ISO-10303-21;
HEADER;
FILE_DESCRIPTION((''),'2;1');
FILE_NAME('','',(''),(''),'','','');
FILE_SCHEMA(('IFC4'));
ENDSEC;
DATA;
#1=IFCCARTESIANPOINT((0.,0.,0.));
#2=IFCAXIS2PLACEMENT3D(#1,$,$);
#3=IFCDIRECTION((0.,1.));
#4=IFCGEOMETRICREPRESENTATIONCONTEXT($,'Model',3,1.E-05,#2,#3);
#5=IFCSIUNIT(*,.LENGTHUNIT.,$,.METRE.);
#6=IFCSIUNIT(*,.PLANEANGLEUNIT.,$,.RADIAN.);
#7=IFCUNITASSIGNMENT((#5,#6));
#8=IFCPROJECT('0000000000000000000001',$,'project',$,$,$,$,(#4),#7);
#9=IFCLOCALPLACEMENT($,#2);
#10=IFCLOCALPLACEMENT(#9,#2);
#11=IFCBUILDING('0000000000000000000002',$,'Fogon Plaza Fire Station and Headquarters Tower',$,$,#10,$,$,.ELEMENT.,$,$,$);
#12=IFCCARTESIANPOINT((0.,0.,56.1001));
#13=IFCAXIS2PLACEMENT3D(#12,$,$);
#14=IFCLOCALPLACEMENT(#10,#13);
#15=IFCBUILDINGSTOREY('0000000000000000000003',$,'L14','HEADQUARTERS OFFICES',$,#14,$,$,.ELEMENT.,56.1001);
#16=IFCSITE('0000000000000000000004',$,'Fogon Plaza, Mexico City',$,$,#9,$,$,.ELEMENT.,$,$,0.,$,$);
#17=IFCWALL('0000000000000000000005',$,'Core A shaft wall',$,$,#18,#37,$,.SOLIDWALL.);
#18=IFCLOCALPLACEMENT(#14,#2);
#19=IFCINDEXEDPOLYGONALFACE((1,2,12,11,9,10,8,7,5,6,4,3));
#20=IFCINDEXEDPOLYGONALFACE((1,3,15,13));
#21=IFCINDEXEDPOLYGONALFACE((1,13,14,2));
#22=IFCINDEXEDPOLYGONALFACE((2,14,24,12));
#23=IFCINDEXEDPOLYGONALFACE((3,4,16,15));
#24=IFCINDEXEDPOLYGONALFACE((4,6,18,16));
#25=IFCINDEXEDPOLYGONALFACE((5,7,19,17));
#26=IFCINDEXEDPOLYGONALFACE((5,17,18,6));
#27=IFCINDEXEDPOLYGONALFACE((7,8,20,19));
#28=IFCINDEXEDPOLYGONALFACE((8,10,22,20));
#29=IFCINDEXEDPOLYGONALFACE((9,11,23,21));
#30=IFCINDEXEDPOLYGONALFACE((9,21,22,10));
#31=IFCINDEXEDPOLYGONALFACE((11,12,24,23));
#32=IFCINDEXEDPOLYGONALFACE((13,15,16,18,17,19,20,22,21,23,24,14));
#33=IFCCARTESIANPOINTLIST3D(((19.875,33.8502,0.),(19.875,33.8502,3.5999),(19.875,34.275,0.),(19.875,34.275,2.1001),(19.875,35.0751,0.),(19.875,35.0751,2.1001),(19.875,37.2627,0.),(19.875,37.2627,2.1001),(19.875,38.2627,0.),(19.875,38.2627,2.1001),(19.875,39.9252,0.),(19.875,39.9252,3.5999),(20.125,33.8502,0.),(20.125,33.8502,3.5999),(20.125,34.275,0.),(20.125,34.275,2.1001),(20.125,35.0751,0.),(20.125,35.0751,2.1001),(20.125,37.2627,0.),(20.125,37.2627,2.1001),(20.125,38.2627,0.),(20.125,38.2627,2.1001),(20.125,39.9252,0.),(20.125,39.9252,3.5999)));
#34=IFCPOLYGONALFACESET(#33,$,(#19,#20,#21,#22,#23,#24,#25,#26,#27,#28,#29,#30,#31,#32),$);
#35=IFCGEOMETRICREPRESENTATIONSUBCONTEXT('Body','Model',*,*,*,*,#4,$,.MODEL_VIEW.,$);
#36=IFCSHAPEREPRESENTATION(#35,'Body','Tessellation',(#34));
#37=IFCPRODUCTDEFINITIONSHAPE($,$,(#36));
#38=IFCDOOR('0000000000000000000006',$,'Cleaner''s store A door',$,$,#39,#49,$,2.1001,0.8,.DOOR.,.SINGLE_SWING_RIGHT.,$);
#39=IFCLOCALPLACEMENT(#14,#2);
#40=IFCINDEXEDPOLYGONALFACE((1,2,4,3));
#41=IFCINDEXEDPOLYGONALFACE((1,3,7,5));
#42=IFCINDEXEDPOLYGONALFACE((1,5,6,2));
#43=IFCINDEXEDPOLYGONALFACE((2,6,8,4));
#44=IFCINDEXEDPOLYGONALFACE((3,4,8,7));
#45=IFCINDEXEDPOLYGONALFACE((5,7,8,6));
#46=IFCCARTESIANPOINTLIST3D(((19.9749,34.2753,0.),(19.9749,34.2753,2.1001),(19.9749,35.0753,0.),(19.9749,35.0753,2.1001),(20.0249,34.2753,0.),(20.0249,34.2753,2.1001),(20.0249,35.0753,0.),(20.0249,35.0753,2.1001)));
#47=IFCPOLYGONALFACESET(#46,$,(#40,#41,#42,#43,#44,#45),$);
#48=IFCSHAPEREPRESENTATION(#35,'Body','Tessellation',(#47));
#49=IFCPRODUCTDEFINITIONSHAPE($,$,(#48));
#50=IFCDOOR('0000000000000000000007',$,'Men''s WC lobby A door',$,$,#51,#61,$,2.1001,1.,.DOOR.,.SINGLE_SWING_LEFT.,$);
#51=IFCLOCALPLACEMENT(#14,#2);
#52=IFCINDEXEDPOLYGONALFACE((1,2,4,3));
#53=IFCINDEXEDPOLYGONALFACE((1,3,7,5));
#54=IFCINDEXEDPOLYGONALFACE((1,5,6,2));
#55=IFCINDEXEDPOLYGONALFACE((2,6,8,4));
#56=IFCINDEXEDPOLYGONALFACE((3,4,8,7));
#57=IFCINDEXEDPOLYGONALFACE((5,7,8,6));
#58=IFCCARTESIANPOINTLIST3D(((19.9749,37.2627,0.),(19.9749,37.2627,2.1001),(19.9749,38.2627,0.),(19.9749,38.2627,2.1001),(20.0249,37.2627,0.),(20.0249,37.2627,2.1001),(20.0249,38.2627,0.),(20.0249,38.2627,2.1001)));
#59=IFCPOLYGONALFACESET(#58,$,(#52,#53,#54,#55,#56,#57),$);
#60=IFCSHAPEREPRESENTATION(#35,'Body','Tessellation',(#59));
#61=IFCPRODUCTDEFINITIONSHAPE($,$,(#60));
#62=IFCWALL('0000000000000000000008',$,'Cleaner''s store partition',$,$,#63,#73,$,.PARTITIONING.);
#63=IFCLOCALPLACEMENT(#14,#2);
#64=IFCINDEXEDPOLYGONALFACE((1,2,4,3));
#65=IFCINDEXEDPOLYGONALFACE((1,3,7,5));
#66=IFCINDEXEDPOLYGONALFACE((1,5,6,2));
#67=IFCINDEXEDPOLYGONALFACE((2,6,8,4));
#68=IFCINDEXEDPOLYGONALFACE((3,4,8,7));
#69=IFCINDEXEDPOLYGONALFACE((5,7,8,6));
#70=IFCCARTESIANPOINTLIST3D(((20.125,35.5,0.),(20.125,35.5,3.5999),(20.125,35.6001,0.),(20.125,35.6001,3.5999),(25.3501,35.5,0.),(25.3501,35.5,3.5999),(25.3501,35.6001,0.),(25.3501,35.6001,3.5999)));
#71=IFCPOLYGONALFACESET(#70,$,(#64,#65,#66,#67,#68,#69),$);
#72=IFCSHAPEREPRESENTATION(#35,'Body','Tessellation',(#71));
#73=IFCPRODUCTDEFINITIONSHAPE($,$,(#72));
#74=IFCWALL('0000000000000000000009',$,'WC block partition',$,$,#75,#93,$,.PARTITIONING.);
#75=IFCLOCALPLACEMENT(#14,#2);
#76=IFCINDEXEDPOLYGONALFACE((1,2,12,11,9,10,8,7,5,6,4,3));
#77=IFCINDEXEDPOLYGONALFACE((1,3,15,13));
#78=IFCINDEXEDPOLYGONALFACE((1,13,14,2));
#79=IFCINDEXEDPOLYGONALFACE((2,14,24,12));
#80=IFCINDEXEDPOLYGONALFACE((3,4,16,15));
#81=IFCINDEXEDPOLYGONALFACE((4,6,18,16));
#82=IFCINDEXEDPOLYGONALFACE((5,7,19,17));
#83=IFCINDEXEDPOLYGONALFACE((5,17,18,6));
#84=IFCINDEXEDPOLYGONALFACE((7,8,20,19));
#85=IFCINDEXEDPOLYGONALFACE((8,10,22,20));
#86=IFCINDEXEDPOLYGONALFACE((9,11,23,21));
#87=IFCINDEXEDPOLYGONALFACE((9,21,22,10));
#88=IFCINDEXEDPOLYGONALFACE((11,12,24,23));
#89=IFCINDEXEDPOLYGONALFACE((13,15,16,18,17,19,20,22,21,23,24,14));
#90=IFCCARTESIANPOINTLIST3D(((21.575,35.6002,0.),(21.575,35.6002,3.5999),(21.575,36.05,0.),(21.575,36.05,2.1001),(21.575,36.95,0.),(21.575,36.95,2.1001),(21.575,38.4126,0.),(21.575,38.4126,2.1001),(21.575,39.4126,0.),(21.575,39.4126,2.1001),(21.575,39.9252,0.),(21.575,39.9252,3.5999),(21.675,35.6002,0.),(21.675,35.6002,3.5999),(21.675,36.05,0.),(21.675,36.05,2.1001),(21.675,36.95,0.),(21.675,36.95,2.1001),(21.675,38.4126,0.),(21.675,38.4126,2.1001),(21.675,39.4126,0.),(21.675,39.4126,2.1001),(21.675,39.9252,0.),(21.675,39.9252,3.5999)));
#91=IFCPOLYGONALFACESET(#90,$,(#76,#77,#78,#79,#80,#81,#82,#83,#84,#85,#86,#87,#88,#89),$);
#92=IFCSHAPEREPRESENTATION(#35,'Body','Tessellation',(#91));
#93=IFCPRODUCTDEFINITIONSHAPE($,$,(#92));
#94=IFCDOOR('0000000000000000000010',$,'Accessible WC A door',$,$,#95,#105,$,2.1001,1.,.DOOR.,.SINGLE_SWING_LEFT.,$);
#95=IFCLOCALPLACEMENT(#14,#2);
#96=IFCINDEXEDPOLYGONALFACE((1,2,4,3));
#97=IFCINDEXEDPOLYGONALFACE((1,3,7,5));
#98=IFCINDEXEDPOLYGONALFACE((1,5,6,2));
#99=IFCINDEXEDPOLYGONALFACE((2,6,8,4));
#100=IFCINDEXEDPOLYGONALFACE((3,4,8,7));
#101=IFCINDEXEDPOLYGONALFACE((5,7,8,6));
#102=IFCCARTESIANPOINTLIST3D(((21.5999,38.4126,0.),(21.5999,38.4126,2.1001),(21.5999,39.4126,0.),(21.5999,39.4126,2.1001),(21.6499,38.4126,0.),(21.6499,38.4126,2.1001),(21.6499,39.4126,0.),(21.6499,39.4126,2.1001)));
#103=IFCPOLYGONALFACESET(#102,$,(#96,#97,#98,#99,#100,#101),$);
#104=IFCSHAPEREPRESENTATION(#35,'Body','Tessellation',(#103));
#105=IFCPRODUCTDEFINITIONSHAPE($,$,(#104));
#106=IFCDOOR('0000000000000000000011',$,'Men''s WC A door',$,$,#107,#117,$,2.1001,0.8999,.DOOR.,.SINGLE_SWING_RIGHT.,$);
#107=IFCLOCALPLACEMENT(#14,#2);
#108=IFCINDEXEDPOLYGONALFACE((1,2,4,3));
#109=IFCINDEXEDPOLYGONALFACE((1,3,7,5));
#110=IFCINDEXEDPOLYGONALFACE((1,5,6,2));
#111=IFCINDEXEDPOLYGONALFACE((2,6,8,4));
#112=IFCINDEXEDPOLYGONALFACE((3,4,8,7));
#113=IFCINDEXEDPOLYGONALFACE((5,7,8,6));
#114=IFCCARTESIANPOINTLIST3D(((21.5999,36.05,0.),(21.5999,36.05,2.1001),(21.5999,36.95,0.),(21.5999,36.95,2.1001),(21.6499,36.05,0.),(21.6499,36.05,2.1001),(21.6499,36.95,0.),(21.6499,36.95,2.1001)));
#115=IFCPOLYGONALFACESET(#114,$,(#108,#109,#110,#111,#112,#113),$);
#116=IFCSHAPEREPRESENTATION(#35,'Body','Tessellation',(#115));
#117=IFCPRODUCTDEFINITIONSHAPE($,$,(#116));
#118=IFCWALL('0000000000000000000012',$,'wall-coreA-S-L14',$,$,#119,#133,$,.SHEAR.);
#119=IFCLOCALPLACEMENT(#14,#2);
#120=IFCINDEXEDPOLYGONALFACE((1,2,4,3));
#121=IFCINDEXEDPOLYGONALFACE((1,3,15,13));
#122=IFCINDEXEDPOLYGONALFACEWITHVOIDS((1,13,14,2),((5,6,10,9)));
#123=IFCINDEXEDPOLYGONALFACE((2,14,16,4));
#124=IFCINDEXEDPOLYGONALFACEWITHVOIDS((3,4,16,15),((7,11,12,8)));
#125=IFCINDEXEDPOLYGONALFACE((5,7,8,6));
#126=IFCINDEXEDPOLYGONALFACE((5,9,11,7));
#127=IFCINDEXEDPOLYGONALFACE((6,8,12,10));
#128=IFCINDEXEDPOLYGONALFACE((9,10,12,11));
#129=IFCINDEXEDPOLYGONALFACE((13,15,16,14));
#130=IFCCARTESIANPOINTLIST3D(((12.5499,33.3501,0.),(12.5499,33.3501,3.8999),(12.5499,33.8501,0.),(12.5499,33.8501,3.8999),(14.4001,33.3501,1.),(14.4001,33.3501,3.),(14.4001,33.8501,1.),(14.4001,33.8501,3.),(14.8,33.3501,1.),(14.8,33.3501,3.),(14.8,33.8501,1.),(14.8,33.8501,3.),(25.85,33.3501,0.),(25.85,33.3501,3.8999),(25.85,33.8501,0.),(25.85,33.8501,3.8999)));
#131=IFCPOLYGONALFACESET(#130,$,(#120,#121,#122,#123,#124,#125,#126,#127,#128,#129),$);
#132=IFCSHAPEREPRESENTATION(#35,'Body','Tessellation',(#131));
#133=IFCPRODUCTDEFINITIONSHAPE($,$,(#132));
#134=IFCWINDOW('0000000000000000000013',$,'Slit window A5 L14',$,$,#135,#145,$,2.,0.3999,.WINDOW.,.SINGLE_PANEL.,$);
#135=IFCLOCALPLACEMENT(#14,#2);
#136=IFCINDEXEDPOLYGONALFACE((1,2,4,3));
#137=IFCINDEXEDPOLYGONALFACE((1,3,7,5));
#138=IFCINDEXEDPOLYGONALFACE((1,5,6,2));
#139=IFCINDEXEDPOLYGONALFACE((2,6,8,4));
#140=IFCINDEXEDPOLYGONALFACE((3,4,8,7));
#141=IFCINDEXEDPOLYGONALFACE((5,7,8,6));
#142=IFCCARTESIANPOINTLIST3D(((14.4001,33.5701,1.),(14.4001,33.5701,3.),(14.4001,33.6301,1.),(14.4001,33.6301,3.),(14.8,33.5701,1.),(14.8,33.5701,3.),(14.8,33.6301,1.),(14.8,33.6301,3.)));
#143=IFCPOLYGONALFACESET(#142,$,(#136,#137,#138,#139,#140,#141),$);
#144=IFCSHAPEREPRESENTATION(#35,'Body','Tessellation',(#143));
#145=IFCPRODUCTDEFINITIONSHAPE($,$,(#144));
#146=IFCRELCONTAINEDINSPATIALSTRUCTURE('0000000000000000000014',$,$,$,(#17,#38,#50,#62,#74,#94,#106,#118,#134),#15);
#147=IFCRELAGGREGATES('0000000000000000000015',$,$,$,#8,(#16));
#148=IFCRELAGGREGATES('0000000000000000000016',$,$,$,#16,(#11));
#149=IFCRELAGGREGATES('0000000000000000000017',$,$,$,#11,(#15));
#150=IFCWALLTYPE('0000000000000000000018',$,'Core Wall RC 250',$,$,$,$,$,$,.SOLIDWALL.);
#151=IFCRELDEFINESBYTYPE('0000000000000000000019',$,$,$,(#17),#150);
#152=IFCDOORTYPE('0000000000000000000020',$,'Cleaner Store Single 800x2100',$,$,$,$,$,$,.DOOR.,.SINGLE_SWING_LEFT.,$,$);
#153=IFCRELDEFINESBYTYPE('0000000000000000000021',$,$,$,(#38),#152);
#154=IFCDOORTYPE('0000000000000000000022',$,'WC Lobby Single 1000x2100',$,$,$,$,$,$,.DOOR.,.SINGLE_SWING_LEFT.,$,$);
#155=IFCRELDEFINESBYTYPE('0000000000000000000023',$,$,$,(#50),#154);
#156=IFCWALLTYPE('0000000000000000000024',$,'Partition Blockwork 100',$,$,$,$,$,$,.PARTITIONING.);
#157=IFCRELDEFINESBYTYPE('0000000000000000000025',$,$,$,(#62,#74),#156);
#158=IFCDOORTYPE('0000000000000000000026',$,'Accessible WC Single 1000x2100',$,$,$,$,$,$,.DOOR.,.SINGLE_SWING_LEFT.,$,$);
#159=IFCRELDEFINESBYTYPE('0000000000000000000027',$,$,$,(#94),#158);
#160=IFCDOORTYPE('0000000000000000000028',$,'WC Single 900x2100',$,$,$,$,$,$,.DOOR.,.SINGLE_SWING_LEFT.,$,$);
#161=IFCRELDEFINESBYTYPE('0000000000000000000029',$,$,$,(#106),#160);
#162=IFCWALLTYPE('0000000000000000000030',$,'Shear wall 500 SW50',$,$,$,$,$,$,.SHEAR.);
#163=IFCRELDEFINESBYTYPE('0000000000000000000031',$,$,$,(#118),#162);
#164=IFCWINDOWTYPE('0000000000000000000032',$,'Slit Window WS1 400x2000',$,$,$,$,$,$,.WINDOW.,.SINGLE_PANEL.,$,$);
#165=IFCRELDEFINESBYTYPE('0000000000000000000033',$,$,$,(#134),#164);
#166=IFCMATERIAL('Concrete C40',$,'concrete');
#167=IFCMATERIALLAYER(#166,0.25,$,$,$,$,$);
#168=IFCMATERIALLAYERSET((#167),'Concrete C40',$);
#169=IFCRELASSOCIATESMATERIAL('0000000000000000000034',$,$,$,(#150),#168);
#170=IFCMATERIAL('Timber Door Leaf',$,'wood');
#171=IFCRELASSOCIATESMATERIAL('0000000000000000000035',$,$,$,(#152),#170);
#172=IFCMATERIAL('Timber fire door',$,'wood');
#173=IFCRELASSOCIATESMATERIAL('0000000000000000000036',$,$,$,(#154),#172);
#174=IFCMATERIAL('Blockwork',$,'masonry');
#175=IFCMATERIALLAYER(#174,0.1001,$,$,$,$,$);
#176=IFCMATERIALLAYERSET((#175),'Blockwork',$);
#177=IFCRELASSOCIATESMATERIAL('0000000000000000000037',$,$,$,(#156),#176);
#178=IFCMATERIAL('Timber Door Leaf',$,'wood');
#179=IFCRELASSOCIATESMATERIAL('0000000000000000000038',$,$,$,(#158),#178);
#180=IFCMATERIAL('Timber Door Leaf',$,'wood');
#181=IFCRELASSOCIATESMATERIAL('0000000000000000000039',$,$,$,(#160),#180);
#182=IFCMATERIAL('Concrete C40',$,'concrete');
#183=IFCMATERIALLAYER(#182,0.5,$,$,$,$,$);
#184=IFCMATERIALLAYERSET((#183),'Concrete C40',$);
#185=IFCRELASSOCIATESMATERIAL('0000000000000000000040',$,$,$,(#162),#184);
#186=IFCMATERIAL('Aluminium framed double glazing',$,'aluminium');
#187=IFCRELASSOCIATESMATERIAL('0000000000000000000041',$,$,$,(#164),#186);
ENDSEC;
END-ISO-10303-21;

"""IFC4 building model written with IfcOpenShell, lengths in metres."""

from ifc_helpers import new_model, si_unit, direction, frame, frame_2d, origin, place, context, subcontext, project, spatial, rectangle, extrude, material, layer, layer_set, type_object, element, fill, save


model = new_model("IFC4")

# Units and contexts
model_context = context("Model", 3, precision=1e-05, world=origin(), true_north=direction((0.0, 1.0)))
body_context = subcontext(model_context, "Body", "Model", "MODEL_VIEW")
ifc_project = project(units=[si_unit("LENGTHUNIT", "METRE"), si_unit("PLANEANGLEUNIT", "RADIAN")], contexts=[model_context])

# Site, building, storey
site_placement = place(None, origin())
site = spatial("IfcSite", under=ifc_project, at=site_placement, Name="Fogon Plaza, Mexico City", CompositionType="ELEMENT", RefElevation=0.0)
building_placement = place(site_placement, origin())
building = spatial("IfcBuilding", under=site, at=building_placement, Name="Fogon Plaza Fire Station and Headquarters Tower", CompositionType="ELEMENT")
storey_placement = place(building_placement, frame((0.0, 0.0, 56.1001)))
storey = spatial("IfcBuildingStorey", under=building, at=storey_placement, Name="L14", Description="HEADQUARTERS OFFICES", CompositionType="ELEMENT", Elevation=56.1001)

# Shared definitions
ifc_material_1 = material(Name="Concrete C40", Category="concrete")
ifc_layer_1 = layer(ifc_material_1, 0.25)
ifc_layer_set_1 = layer_set([ifc_layer_1], Name="Concrete C40")
wall_type_1 = type_object("IfcWallType", Name="Core Wall RC 250", PredefinedType="SOLIDWALL", material=ifc_layer_set_1)

# Wall, openings, doors
wall_1_placement = place(storey_placement, frame((20.0, 33.8501, 0.0), z_axis=(0.0, 0.0, 1.0), x_axis=(0.0, 1.0, 0.0)))
wall_1 = element("IfcWall", 1, at=wall_1_placement, inside=storey, type_object=wall_type_1, Name="Core A shaft wall", PredefinedType="SOLIDWALL", context=body_context, shape_type="SweptSolid", body=[
    extrude(rectangle(XDim=6.075, YDim=0.25, at=frame_2d((3.0376, 0.0))), origin(), (0.0, 0.0, 1.0), 3.5999),
])
opening_1_placement = place(wall_1_placement, frame((0.425, 0.0, 0.0)))
opening_1 = element("IfcOpeningElement", 2, at=opening_1_placement, cuts=wall_1, PredefinedType="OPENING", context=body_context, shape_type="SweptSolid", body=[
    extrude(rectangle(XDim=0.8, YDim=2.1001, at=frame_2d((0.3999, 1.05))), frame((0.0, 0.135, 0.0), z_axis=(0.0, -1.0, 0.0), x_axis=(1.0, 0.0, 0.0)), (0.0, 0.0, 1.0), 0.27),
])
opening_2_placement = place(wall_1_placement, frame((3.4126, 0.0, 0.0)))
opening_2 = element("IfcOpeningElement", 3, at=opening_2_placement, cuts=wall_1, PredefinedType="OPENING", context=body_context, shape_type="SweptSolid", body=[
    extrude(rectangle(XDim=1.0, YDim=2.1001, at=frame_2d((0.5, 1.05))), frame((0.0, 0.135, 0.0), z_axis=(0.0, -1.0, 0.0), x_axis=(1.0, 0.0, 0.0)), (0.0, 0.0, 1.0), 0.27),
])
ifc_material_2 = material(Name="Timber Door Leaf", Category="wood")
door_type_1 = type_object("IfcDoorType", Name="Cleaner Store Single 800x2100", OperationType="SINGLE_SWING_LEFT", PredefinedType="DOOR", material=ifc_material_2)
door_1_placement = place(opening_1_placement, frame((0.8, 0.0, 0.0), z_axis=(0.0, 0.0, 1.0), x_axis=(-1.0, 0.0, 0.0)))
door_1 = element("IfcDoor", 4, at=door_1_placement, inside=storey, type_object=door_type_1, Name="Cleaner's store A door", OperationType="SINGLE_SWING_RIGHT", OverallHeight=2.1001, OverallWidth=0.8, PredefinedType="DOOR", context=body_context, shape_type="SweptSolid", body=[
    extrude(rectangle(XDim=0.8, YDim=2.1001, at=frame_2d((0.3999, 1.05))), frame((0.0, 0.0249, 0.0), z_axis=(0.0, -1.0, 0.0), x_axis=(1.0, 0.0, 0.0)), (0.0, 0.0, 1.0), 0.05),
])
fill(opening_1, door_1)
ifc_material_3 = material(Name="Timber fire door", Category="wood")
door_type_2 = type_object("IfcDoorType", Name="WC Lobby Single 1000x2100", OperationType="SINGLE_SWING_LEFT", PredefinedType="DOOR", material=ifc_material_3)
door_2_placement = place(opening_2_placement, frame((1.0, 0.0, 0.0), z_axis=(0.0, 0.0, 1.0), x_axis=(-1.0, 0.0, 0.0)))
door_2 = element("IfcDoor", 5, at=door_2_placement, inside=storey, type_object=door_type_2, Name="Men's WC lobby A door", OperationType="SINGLE_SWING_LEFT", OverallHeight=2.1001, OverallWidth=1.0, PredefinedType="DOOR", context=body_context, shape_type="SweptSolid", body=[
    extrude(rectangle(XDim=1.0, YDim=2.1001, at=frame_2d((0.5, 1.05))), frame((0.0, 0.0249, 0.0), z_axis=(0.0, -1.0, 0.0), x_axis=(1.0, 0.0, 0.0)), (0.0, 0.0, 1.0), 0.05),
])
fill(opening_2, door_2)

# Wall
ifc_material_4 = material(Name="Blockwork", Category="masonry")
ifc_layer_2 = layer(ifc_material_4, 0.1001)
ifc_layer_set_2 = layer_set([ifc_layer_2], Name="Blockwork")
wall_type_2 = type_object("IfcWallType", Name="Partition Blockwork 100", PredefinedType="PARTITIONING", material=ifc_layer_set_2)
wall_2_placement = place(storey_placement, frame((20.125, 35.55, 0.0), z_axis=(0.0, 0.0, 1.0), x_axis=(1.0, 0.0, 0.0)))
element("IfcWall", 6, at=wall_2_placement, inside=storey, type_object=wall_type_2, Name="Cleaner's store partition", PredefinedType="PARTITIONING", context=body_context, shape_type="SweptSolid", body=[
    extrude(rectangle(XDim=5.2251, YDim=0.1001, at=frame_2d((2.6125, 0.0))), origin(), (0.0, 0.0, 1.0), 3.5999),
])

# Wall, openings, doors
wall_3_placement = place(storey_placement, frame((21.625, 35.6001, 0.0), z_axis=(0.0, 0.0, 1.0), x_axis=(0.0, 1.0, 0.0)))
wall_3 = element("IfcWall", 7, at=wall_3_placement, inside=storey, type_object=wall_type_2, Name="WC block partition", PredefinedType="PARTITIONING", context=body_context, shape_type="SweptSolid", body=[
    extrude(rectangle(XDim=4.325, YDim=0.1001, at=frame_2d((2.1626, 0.0))), origin(), (0.0, 0.0, 1.0), 3.5999),
])
opening_3_placement = place(wall_3_placement, frame((0.45, 0.0, 0.0)))
opening_3 = element("IfcOpeningElement", 8, at=opening_3_placement, cuts=wall_3, PredefinedType="OPENING", context=body_context, shape_type="SweptSolid", body=[
    extrude(rectangle(XDim=0.8999, YDim=2.1001, at=frame_2d((0.45, 1.05))), frame((0.0, 0.0601, 0.0), z_axis=(0.0, -1.0, 0.0), x_axis=(1.0, 0.0, 0.0)), (0.0, 0.0, 1.0), 0.1201),
])
opening_4_placement = place(wall_3_placement, frame((2.8125, 0.0, 0.0)))
opening_4 = element("IfcOpeningElement", 9, at=opening_4_placement, cuts=wall_3, PredefinedType="OPENING", context=body_context, shape_type="SweptSolid", body=[
    extrude(rectangle(XDim=1.0, YDim=2.1001, at=frame_2d((0.5, 1.05))), frame((0.0, 0.0601, 0.0), z_axis=(0.0, -1.0, 0.0), x_axis=(1.0, 0.0, 0.0)), (0.0, 0.0, 1.0), 0.1201),
])
ifc_material_5 = material(Name="Timber Door Leaf", Category="wood")
door_type_3 = type_object("IfcDoorType", Name="Accessible WC Single 1000x2100", OperationType="SINGLE_SWING_LEFT", PredefinedType="DOOR", material=ifc_material_5)
door_3_placement = place(opening_4_placement, frame((1.0, 0.0, 0.0), z_axis=(0.0, 0.0, 1.0), x_axis=(-1.0, 0.0, 0.0)))
door_3 = element("IfcDoor", 10, at=door_3_placement, inside=storey, type_object=door_type_3, Name="Accessible WC A door", OperationType="SINGLE_SWING_LEFT", OverallHeight=2.1001, OverallWidth=1.0, PredefinedType="DOOR", context=body_context, shape_type="SweptSolid", body=[
    extrude(rectangle(XDim=1.0, YDim=2.1001, at=frame_2d((0.5, 1.05))), frame((0.0, 0.0249, 0.0), z_axis=(0.0, -1.0, 0.0), x_axis=(1.0, 0.0, 0.0)), (0.0, 0.0, 1.0), 0.05),
])
fill(opening_4, door_3)
ifc_material_6 = material(Name="Timber Door Leaf", Category="wood")
door_type_4 = type_object("IfcDoorType", Name="WC Single 900x2100", OperationType="SINGLE_SWING_LEFT", PredefinedType="DOOR", material=ifc_material_6)
door_4_placement = place(opening_3_placement, frame((0.8999, 0.0, 0.0), z_axis=(0.0, 0.0, 1.0), x_axis=(-1.0, 0.0, 0.0)))
door_4 = element("IfcDoor", 11, at=door_4_placement, inside=storey, type_object=door_type_4, Name="Men's WC A door", OperationType="SINGLE_SWING_RIGHT", OverallHeight=2.1001, OverallWidth=0.8999, PredefinedType="DOOR", context=body_context, shape_type="SweptSolid", body=[
    extrude(rectangle(XDim=0.8999, YDim=2.1001, at=frame_2d((0.45, 1.05))), frame((0.0, 0.0249, 0.0), z_axis=(0.0, -1.0, 0.0), x_axis=(1.0, 0.0, 0.0)), (0.0, 0.0, 1.0), 0.05),
])
fill(opening_3, door_4)

# Wall, opening, window
ifc_material_7 = material(Name="Concrete C40", Category="concrete")
ifc_layer_3 = layer(ifc_material_7, 0.5)
ifc_layer_set_3 = layer_set([ifc_layer_3], Name="Concrete C40")
wall_type_3 = type_object("IfcWallType", Name="Shear wall 500 SW50", PredefinedType="SHEAR", material=ifc_layer_set_3)
wall_4_placement = place(storey_placement, frame((12.55, 33.6001, 0.0), z_axis=(0.0, 0.0, 1.0), x_axis=(1.0, 0.0, 0.0)))
wall_4 = element("IfcWall", 12, at=wall_4_placement, inside=storey, type_object=wall_type_3, Name="wall-coreA-S-L14", PredefinedType="SHEAR", context=body_context, shape_type="SweptSolid", body=[
    extrude(rectangle(XDim=13.3, YDim=0.5, at=frame_2d((6.6499, 0.0))), origin(), (0.0, 0.0, 1.0), 3.8999),
])
opening_5_placement = place(wall_4_placement, frame((1.8501, 0.0, 1.0)))
opening_5 = element("IfcOpeningElement", 13, at=opening_5_placement, cuts=wall_4, PredefinedType="OPENING", context=body_context, shape_type="SweptSolid", body=[
    extrude(rectangle(XDim=0.3999, YDim=2.0, at=frame_2d((0.2, 1.0))), frame((0.0, 0.26, 0.0), z_axis=(0.0, -1.0, 0.0), x_axis=(1.0, 0.0, 0.0)), (0.0, 0.0, 1.0), 0.52),
])
ifc_material_8 = material(Name="Aluminium framed double glazing", Category="aluminium")
window_type = type_object("IfcWindowType", Name="Slit Window WS1 400x2000", PartitioningType="SINGLE_PANEL", PredefinedType="WINDOW", material=ifc_material_8)
window_1_placement = place(opening_5_placement, origin())
window_1 = element("IfcWindow", 14, at=window_1_placement, inside=storey, type_object=window_type, Name="Slit window A5 L14", OverallHeight=2.0, OverallWidth=0.3999, PartitioningType="SINGLE_PANEL", PredefinedType="WINDOW", context=body_context, shape_type="SweptSolid", body=[
    extrude(rectangle(XDim=0.3999, YDim=2.0, at=frame_2d((0.2, 1.0))), frame((0.0, 0.03, 0.0), z_axis=(0.0, -1.0, 0.0), x_axis=(1.0, 0.0, 0.0)), (0.0, 0.0, 1.0), 0.0601),
])
fill(opening_5, window_1)

save(model, "model.ifc")
